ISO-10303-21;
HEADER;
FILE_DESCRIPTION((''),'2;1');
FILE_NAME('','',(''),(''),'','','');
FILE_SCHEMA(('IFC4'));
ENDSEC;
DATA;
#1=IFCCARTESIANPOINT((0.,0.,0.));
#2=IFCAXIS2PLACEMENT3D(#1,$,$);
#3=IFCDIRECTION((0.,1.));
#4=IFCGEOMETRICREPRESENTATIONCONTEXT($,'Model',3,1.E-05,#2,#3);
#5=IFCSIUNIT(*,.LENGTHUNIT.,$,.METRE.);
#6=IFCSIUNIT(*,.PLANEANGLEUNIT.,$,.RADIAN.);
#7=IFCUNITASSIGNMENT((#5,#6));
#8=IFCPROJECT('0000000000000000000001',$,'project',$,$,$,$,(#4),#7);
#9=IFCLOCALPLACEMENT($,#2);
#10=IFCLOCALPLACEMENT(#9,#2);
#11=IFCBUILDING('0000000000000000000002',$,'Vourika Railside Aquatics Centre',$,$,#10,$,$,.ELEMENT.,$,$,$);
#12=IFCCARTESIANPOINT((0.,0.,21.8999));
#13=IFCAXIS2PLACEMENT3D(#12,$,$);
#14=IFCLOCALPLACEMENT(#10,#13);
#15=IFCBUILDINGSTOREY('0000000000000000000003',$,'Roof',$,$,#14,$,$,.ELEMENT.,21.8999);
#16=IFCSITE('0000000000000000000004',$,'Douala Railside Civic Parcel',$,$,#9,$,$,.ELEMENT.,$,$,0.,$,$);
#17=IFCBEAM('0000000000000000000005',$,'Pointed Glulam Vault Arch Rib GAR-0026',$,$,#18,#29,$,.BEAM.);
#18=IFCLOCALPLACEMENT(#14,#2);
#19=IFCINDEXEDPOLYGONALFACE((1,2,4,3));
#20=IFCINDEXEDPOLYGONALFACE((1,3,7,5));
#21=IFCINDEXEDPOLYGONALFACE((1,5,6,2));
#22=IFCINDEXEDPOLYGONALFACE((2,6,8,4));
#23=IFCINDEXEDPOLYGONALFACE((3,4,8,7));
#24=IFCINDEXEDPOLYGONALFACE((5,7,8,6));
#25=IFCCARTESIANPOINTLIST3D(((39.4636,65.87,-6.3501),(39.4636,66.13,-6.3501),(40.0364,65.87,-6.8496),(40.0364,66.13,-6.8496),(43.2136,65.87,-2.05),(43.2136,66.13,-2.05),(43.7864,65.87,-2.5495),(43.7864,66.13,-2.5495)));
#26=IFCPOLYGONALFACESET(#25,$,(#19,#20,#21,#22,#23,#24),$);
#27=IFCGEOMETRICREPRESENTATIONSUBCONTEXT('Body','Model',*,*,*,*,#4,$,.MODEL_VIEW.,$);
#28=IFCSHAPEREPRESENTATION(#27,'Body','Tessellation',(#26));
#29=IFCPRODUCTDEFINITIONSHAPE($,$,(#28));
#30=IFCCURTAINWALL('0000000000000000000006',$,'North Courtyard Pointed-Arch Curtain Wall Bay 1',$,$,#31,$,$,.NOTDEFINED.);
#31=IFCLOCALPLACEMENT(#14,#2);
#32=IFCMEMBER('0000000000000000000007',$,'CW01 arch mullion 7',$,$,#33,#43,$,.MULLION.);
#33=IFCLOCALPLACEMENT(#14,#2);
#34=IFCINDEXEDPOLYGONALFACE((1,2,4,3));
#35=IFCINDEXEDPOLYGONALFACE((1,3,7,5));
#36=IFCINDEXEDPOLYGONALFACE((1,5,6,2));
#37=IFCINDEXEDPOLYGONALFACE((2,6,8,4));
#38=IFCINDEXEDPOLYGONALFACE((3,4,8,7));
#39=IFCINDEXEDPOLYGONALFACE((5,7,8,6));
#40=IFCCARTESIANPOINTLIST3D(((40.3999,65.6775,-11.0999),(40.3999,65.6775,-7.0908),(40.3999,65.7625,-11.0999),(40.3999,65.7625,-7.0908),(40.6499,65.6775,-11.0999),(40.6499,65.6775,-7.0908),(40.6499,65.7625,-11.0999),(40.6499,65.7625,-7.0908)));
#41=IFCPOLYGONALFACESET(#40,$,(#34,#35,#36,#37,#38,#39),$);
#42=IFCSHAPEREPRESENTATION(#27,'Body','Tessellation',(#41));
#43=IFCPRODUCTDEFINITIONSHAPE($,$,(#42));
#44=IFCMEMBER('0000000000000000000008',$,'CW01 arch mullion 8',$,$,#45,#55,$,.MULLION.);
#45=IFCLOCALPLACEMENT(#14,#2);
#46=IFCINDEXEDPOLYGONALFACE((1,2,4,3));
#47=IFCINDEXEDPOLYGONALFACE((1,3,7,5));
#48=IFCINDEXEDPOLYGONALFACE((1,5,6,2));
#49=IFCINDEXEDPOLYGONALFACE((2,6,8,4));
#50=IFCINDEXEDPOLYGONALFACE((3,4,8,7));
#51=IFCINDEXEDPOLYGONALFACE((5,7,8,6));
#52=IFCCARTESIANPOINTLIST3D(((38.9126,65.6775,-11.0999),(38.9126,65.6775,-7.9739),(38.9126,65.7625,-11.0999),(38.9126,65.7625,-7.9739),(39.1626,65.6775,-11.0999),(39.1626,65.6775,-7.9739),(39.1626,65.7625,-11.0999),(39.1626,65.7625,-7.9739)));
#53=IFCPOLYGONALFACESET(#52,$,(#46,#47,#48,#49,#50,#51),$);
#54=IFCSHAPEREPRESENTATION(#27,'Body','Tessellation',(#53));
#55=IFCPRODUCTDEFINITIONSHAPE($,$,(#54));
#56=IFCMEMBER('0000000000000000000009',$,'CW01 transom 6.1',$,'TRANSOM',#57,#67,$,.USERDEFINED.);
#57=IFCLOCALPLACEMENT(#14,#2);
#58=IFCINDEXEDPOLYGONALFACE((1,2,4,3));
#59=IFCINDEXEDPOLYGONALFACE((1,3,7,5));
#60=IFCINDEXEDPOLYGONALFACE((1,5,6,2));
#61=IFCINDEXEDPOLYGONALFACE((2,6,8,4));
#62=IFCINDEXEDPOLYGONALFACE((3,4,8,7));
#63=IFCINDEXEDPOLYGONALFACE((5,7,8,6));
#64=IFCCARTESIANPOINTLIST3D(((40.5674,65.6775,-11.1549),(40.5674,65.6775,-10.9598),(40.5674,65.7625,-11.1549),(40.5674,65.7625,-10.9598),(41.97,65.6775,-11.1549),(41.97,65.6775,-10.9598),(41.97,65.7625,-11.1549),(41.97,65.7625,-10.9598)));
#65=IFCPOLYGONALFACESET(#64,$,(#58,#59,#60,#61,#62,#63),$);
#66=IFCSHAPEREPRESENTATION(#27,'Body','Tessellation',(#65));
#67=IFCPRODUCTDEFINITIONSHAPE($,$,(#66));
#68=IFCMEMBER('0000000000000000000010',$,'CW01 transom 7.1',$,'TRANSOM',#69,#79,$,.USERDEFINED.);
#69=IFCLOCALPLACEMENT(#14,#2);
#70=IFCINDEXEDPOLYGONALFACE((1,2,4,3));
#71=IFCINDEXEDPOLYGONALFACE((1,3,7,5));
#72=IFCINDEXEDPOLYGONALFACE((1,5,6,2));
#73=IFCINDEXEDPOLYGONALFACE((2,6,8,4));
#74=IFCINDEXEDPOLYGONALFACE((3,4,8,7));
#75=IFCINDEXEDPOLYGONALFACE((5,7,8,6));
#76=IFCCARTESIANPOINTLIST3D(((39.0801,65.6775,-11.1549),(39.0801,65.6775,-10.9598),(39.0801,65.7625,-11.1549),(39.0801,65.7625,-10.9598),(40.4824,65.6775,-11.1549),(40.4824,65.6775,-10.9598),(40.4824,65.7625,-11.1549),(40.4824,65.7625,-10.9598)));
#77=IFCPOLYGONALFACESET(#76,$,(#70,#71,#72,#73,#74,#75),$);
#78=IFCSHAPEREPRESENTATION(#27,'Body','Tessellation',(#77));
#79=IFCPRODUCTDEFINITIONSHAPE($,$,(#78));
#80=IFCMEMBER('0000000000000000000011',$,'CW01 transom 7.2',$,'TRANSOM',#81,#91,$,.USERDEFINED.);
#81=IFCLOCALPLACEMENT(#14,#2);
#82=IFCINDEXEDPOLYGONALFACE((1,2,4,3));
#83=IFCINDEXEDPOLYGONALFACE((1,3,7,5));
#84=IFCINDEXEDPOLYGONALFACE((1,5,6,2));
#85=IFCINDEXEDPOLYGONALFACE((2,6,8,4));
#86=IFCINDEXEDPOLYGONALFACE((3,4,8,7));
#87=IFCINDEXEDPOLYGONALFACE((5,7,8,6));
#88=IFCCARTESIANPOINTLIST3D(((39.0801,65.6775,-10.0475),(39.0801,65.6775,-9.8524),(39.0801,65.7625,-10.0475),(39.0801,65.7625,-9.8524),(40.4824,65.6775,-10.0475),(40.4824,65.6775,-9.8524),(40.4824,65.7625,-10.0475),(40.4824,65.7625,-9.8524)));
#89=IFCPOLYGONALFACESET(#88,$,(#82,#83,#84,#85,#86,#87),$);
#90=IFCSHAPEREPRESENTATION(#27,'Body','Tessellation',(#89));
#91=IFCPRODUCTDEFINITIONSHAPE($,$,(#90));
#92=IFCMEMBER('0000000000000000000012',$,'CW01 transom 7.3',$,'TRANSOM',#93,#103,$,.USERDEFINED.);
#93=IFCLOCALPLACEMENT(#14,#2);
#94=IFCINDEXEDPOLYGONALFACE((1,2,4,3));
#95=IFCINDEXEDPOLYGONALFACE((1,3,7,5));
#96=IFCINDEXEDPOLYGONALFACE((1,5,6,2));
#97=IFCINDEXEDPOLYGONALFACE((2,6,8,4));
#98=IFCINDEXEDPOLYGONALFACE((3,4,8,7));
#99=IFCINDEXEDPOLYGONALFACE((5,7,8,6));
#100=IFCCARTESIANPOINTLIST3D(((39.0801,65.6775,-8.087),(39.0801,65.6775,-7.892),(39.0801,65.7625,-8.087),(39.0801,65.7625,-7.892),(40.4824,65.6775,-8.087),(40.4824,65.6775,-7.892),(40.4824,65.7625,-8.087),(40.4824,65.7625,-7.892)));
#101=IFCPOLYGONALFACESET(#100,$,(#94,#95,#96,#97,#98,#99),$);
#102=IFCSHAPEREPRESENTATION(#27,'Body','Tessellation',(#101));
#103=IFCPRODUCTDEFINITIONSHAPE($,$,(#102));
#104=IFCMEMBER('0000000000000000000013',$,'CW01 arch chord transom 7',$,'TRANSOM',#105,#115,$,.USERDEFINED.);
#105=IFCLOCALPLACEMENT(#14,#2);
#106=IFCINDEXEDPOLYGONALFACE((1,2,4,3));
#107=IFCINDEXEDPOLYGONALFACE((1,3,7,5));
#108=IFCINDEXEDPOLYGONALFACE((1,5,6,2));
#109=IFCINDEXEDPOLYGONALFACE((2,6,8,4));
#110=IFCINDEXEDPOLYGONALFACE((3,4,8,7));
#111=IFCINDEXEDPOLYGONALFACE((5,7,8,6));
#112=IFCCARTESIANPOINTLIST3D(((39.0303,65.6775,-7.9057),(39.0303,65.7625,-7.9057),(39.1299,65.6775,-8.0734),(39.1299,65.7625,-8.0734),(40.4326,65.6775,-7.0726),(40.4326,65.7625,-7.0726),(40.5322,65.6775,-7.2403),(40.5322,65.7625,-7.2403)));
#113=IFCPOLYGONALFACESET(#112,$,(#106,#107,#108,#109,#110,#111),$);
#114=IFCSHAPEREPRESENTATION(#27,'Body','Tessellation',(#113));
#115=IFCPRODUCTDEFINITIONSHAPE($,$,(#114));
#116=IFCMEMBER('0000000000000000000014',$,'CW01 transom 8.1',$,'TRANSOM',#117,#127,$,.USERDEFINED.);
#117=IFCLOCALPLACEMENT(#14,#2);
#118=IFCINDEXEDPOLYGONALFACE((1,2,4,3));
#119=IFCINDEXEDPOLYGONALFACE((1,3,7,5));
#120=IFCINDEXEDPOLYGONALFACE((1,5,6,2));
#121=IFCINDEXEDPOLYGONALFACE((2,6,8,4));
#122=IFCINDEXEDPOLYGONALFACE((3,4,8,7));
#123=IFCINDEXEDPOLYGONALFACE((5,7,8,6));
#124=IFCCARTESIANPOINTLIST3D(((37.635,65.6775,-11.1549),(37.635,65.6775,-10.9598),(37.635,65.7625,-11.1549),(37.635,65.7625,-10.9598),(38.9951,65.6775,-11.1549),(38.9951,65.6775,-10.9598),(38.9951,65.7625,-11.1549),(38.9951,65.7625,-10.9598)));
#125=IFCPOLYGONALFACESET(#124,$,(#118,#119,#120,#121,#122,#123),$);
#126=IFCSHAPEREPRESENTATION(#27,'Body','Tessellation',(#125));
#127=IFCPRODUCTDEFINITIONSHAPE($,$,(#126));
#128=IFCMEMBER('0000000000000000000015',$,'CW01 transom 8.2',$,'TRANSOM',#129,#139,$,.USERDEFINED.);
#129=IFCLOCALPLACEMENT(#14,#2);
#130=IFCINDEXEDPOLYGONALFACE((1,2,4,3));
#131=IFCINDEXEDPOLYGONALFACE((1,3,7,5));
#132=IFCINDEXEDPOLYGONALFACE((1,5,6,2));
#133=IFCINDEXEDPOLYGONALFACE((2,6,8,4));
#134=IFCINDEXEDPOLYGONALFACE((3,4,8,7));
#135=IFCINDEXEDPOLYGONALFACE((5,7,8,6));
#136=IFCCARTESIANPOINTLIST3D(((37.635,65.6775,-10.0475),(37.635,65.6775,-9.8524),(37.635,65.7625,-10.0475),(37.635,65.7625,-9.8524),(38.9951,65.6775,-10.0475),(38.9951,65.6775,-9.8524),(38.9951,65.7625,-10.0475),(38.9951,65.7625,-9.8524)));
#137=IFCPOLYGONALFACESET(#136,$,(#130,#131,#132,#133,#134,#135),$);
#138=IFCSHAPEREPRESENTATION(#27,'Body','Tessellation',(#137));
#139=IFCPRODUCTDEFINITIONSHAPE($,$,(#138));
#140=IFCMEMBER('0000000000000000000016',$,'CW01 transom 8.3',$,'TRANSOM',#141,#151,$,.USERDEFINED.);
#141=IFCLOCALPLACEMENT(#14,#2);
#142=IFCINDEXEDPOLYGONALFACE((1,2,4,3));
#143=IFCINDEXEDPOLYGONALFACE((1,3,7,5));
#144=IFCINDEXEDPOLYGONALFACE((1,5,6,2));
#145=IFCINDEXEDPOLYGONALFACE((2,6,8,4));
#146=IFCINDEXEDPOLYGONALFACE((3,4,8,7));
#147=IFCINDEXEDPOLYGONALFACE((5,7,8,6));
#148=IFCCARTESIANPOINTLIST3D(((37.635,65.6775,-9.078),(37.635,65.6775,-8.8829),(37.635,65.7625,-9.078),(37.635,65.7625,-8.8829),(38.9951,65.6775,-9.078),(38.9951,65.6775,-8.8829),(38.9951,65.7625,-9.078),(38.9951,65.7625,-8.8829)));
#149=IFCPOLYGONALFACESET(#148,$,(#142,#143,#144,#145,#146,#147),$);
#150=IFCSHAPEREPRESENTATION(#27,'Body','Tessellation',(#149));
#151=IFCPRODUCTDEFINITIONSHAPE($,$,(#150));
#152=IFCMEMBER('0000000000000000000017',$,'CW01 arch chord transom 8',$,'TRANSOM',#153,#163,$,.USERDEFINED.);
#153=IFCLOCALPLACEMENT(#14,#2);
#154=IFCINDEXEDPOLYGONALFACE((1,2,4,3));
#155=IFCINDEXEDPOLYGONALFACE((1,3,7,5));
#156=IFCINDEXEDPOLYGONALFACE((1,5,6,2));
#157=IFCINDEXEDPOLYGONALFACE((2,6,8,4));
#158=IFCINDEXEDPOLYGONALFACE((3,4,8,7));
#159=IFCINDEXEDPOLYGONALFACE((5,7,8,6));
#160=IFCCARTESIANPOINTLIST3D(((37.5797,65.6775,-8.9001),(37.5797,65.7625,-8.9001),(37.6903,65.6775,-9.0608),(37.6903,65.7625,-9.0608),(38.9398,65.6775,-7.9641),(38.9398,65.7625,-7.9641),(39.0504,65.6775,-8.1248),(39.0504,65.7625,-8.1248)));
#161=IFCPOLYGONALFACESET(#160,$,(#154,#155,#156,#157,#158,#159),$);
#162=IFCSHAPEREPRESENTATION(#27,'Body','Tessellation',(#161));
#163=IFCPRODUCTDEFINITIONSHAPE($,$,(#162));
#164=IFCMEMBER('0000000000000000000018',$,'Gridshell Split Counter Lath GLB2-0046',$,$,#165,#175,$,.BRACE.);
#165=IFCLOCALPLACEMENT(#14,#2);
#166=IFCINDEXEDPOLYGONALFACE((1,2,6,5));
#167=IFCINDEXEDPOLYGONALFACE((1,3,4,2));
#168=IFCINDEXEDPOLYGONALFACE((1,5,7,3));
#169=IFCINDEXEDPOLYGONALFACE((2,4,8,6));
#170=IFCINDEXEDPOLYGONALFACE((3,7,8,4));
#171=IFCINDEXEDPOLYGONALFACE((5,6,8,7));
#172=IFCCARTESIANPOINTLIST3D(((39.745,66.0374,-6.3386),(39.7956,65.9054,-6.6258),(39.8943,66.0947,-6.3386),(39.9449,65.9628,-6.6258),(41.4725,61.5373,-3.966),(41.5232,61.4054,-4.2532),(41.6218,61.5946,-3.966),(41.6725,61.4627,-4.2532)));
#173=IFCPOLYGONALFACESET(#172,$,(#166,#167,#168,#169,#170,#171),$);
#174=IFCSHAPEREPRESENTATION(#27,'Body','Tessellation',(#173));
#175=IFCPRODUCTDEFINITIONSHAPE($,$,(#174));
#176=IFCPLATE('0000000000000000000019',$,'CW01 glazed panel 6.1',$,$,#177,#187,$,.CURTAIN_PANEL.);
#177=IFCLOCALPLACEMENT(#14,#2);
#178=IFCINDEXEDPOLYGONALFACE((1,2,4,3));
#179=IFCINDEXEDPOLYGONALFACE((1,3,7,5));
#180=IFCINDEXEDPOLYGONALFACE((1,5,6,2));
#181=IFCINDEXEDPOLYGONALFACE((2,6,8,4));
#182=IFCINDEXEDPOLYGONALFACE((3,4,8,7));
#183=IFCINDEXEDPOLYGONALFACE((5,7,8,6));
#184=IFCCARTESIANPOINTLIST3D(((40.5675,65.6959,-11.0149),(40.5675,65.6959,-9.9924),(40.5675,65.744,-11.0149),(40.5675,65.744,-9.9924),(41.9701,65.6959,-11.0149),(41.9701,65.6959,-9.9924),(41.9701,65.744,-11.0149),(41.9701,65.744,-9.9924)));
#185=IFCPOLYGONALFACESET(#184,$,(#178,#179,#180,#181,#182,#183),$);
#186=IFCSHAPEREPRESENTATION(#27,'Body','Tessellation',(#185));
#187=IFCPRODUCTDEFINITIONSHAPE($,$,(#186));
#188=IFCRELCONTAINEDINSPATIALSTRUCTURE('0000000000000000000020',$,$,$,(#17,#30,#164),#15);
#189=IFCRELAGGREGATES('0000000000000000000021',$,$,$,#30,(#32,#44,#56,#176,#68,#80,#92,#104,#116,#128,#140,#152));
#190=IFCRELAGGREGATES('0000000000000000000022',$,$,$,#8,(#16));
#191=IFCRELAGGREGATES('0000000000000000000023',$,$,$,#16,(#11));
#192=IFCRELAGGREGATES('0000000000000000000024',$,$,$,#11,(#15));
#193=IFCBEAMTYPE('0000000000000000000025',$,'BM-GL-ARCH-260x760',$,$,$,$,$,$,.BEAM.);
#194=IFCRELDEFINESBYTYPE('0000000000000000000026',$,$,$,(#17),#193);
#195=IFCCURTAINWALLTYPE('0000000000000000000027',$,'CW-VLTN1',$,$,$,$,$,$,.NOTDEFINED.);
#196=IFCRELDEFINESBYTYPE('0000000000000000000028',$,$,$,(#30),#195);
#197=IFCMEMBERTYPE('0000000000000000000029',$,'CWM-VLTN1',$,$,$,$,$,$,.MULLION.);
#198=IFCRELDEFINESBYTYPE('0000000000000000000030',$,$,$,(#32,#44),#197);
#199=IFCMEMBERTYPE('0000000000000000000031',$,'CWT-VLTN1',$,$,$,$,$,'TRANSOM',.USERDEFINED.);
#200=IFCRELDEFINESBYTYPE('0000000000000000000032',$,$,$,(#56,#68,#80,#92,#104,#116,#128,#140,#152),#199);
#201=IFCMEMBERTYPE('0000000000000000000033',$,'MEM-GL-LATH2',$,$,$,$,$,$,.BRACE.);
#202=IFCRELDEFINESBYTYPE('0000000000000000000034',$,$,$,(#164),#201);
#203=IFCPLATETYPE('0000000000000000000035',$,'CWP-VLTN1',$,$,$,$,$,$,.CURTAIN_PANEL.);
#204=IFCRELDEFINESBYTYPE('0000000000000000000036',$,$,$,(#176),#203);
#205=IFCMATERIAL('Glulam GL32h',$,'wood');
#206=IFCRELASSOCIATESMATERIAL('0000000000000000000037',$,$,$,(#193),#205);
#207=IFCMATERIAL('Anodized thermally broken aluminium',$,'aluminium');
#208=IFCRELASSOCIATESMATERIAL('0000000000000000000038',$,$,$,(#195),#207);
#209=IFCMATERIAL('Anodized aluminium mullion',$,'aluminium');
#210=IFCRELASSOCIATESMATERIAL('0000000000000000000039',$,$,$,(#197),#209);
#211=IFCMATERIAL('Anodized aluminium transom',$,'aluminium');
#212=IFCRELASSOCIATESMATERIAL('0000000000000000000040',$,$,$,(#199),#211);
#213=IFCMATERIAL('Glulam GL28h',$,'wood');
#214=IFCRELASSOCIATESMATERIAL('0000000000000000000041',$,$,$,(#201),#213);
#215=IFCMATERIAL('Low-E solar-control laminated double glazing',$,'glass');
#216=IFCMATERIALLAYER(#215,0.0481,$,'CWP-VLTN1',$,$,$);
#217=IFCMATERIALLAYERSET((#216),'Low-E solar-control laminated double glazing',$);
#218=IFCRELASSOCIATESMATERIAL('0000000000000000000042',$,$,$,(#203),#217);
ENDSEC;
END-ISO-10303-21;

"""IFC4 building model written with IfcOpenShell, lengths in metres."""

from ifc_helpers import new_model, si_unit, direction, frame, origin, origin_2d, place, context, subcontext, project, spatial, rectangle, extrude, material, layer, layer_set, material_profile, profile_set, type_object, element, aggregate, save


model = new_model("IFC4")

# Units and contexts
model_context = context("Model", 3, precision=1e-05, world=origin(), true_north=direction((0.0, 1.0)))
body_context = subcontext(model_context, "Body", "Model", "MODEL_VIEW")
ifc_project = project(units=[si_unit("LENGTHUNIT", "METRE"), si_unit("PLANEANGLEUNIT", "RADIAN")], contexts=[model_context])

# Site, building, storey
site_placement = place(None, origin())
site = spatial("IfcSite", under=ifc_project, at=site_placement, Name="Douala Railside Civic Parcel", CompositionType="ELEMENT", RefElevation=0.0)
building_placement = place(site_placement, origin())
building = spatial("IfcBuilding", under=site, at=building_placement, Name="Vourika Railside Aquatics Centre", CompositionType="ELEMENT")
storey_placement = place(building_placement, frame((0.0, 0.0, 21.8999)))
storey = spatial("IfcBuildingStorey", under=building, at=storey_placement, Name="Roof", CompositionType="ELEMENT", Elevation=21.8999)

# Beam
ifc_material_1 = material(Name="Glulam GL32h", Category="wood")
ifc_material_profile_1 = material_profile(ifc_material_1, rectangle(XDim=0.26, YDim=0.76, at=origin_2d()), Name="GL32h 260x760")
ifc_profile_set_1 = profile_set([ifc_material_profile_1], Name="Glulam GL32h")
beam_type = type_object("IfcBeamType", Name="BM-GL-ARCH-260x760", PredefinedType="BEAM", material=ifc_profile_set_1)
beam_placement = place(storey_placement, frame((39.75, 66.0, -6.5999), z_axis=(0.657259, 0.0, 0.753665), x_axis=(0.0, 1.0, 0.0)))
element("IfcBeam", 1, at=beam_placement, inside=storey, type_object=beam_type, Name="Pointed Glulam Vault Arch Rib GAR-0026", PredefinedType="BEAM", context=body_context, shape_type="SweptSolid", body=[
    extrude(rectangle(XDim=0.26, YDim=0.76, at=origin_2d()), origin(), (0.0, 0.0, 1.0), 5.7056),
])

# Curtain wall, members
ifc_material_2 = material(Name="Anodized thermally broken aluminium", Category="aluminium")
curtain_wall_type = type_object("IfcCurtainWallType", Name="CW-VLTN1", PredefinedType="NOTDEFINED", material=ifc_material_2)
curtain_wall_placement = place(storey_placement, origin())
curtain_wall = element("IfcCurtainWall", 2, at=curtain_wall_placement, inside=storey, type_object=curtain_wall_type, Name="North Courtyard Pointed-Arch Curtain Wall Bay 1", PredefinedType="NOTDEFINED")
ifc_material_3 = material(Name="Anodized aluminium mullion", Category="aluminium")
ifc_material_profile_2 = material_profile(ifc_material_3, rectangle(XDim=0.085, YDim=0.25, at=origin_2d()), Name="ALU-M 85x250")
ifc_profile_set_2 = profile_set([ifc_material_profile_2], Name="Anodized aluminium mullion")
member_type_1 = type_object("IfcMemberType", Name="CWM-VLTN1", PredefinedType="MULLION", material=ifc_profile_set_2)
member_1_placement = place(storey_placement, frame((40.5249, 65.72, -11.0999), z_axis=(0.0, 0.0, 1.0), x_axis=(0.0, -1.0, 0.0)))
member_1 = element("IfcMember", 3, at=member_1_placement, type_object=member_type_1, Name="CW01 arch mullion 7", PredefinedType="MULLION", context=body_context, shape_type="SweptSolid", body=[
    extrude(rectangle(XDim=0.085, YDim=0.25, at=origin_2d()), origin(), (0.0, 0.0, 1.0), 4.009),
])
member_2_placement = place(storey_placement, frame((39.0376, 65.72, -11.0999), z_axis=(0.0, 0.0, 1.0), x_axis=(0.0, -1.0, 0.0)))
member_2 = element("IfcMember", 4, at=member_2_placement, type_object=member_type_1, Name="CW01 arch mullion 8", PredefinedType="MULLION", context=body_context, shape_type="SweptSolid", body=[
    extrude(rectangle(XDim=0.085, YDim=0.25, at=origin_2d()), origin(), (0.0, 0.0, 1.0), 3.126),
])
ifc_material_4 = material(Name="Anodized aluminium transom", Category="aluminium")
ifc_material_profile_3 = material_profile(ifc_material_4, rectangle(XDim=0.085, YDim=0.1951, at=origin_2d()), Name="ALU-T 85x195")
ifc_profile_set_3 = profile_set([ifc_material_profile_3], Name="Anodized aluminium transom")
member_type_2 = type_object("IfcMemberType", Name="CWT-VLTN1", ElementType="TRANSOM", PredefinedType="USERDEFINED", material=ifc_profile_set_3)
member_3_placement = place(storey_placement, frame((41.97, 65.72, -11.0574), z_axis=(-1.0, 0.0, 0.0), x_axis=(0.0, -1.0, 0.0)))
member_3 = element("IfcMember", 5, at=member_3_placement, type_object=member_type_2, Name="CW01 transom 6.1", ObjectType="TRANSOM", PredefinedType="USERDEFINED", context=body_context, shape_type="SweptSolid", body=[
    extrude(rectangle(XDim=0.085, YDim=0.1951, at=origin_2d()), origin(), (0.0, 0.0, 1.0), 1.4026),
])
member_4_placement = place(storey_placement, frame((40.4824, 65.72, -11.0574), z_axis=(-1.0, 0.0, 0.0), x_axis=(0.0, -1.0, 0.0)))
member_4 = element("IfcMember", 6, at=member_4_placement, type_object=member_type_2, Name="CW01 transom 7.1", ObjectType="TRANSOM", PredefinedType="USERDEFINED", context=body_context, shape_type="SweptSolid", body=[
    extrude(rectangle(XDim=0.085, YDim=0.1951, at=origin_2d()), origin(), (0.0, 0.0, 1.0), 1.4023),
])
member_5_placement = place(storey_placement, frame((40.4824, 65.72, -9.95), z_axis=(-1.0, 0.0, 0.0), x_axis=(0.0, -1.0, 0.0)))
member_5 = element("IfcMember", 7, at=member_5_placement, type_object=member_type_2, Name="CW01 transom 7.2", ObjectType="TRANSOM", PredefinedType="USERDEFINED", context=body_context, shape_type="SweptSolid", body=[
    extrude(rectangle(XDim=0.085, YDim=0.1951, at=origin_2d()), origin(), (0.0, 0.0, 1.0), 1.4023),
])
member_6_placement = place(storey_placement, frame((40.4824, 65.72, -7.9895), z_axis=(-1.0, 0.0, 0.0), x_axis=(0.0, -1.0, 0.0)))
member_6 = element("IfcMember", 8, at=member_6_placement, type_object=member_type_2, Name="CW01 transom 7.3", ObjectType="TRANSOM", PredefinedType="USERDEFINED", context=body_context, shape_type="SweptSolid", body=[
    extrude(rectangle(XDim=0.085, YDim=0.1951, at=origin_2d()), origin(), (0.0, 0.0, 1.0), 1.4023),
])
member_7_placement = place(storey_placement, frame((40.4824, 65.72, -7.1565), z_axis=(-0.859756, 0.0, -0.510705), x_axis=(0.0, -1.0, 0.0)))
member_7 = element("IfcMember", 9, at=member_7_placement, type_object=member_type_2, Name="CW01 arch chord transom 7", ObjectType="TRANSOM", PredefinedType="USERDEFINED", context=body_context, shape_type="SweptSolid", body=[
    extrude(rectangle(XDim=0.085, YDim=0.1951, at=origin_2d()), origin(), (0.0, 0.0, 1.0), 1.6311),
])
member_8_placement = place(storey_placement, frame((38.9951, 65.72, -11.0574), z_axis=(-1.0, 0.0, 0.0), x_axis=(0.0, -1.0, 0.0)))
member_8 = element("IfcMember", 10, at=member_8_placement, type_object=member_type_2, Name="CW01 transom 8.1", ObjectType="TRANSOM", PredefinedType="USERDEFINED", context=body_context, shape_type="SweptSolid", body=[
    extrude(rectangle(XDim=0.085, YDim=0.1951, at=origin_2d()), origin(), (0.0, 0.0, 1.0), 1.3601),
])
member_9_placement = place(storey_placement, frame((38.9951, 65.72, -9.95), z_axis=(-1.0, 0.0, 0.0), x_axis=(0.0, -1.0, 0.0)))
member_9 = element("IfcMember", 11, at=member_9_placement, type_object=member_type_2, Name="CW01 transom 8.2", ObjectType="TRANSOM", PredefinedType="USERDEFINED", context=body_context, shape_type="SweptSolid", body=[
    extrude(rectangle(XDim=0.085, YDim=0.1951, at=origin_2d()), origin(), (0.0, 0.0, 1.0), 1.3601),
])
member_10_placement = place(storey_placement, frame((38.9951, 65.72, -8.9805), z_axis=(-1.0, 0.0, 0.0), x_axis=(0.0, -1.0, 0.0)))
member_10 = element("IfcMember", 12, at=member_10_placement, type_object=member_type_2, Name="CW01 transom 8.3", ObjectType="TRANSOM", PredefinedType="USERDEFINED", context=body_context, shape_type="SweptSolid", body=[
    extrude(rectangle(XDim=0.085, YDim=0.1951, at=origin_2d()), origin(), (0.0, 0.0, 1.0), 1.3601),
])
member_11_placement = place(storey_placement, frame((38.9951, 65.72, -8.0444), z_axis=(-0.82377, 0.0, -0.566924), x_axis=(0.0, -1.0, 0.0)))
member_11 = element("IfcMember", 13, at=member_11_placement, type_object=member_type_2, Name="CW01 arch chord transom 8", ObjectType="TRANSOM", PredefinedType="USERDEFINED", context=body_context, shape_type="SweptSolid", body=[
    extrude(rectangle(XDim=0.085, YDim=0.1951, at=origin_2d()), origin(), (0.0, 0.0, 1.0), 1.6511),
])

# Member
ifc_material_5 = material(Name="Glulam GL28h", Category="wood")
ifc_material_profile_4 = material_profile(ifc_material_5, rectangle(XDim=0.1599, YDim=0.3201, at=origin_2d()), Name="GL28h 160x320")
ifc_profile_set_4 = profile_set([ifc_material_profile_4], Name="Glulam GL28h")
member_type_3 = type_object("IfcMemberType", Name="MEM-GL-LATH2", PredefinedType="BRACE", material=ifc_profile_set_4)
member_12_placement = place(storey_placement, frame((41.5725, 61.5, -4.1096), z_axis=(-0.321554, 0.837604, -0.441614), x_axis=(-0.93357, -0.358395, 0.0)))
element("IfcMember", 14, at=member_12_placement, inside=storey, type_object=member_type_3, Name="Gridshell Split Counter Lath GLB2-0046", PredefinedType="BRACE", context=body_context, shape_type="SweptSolid", body=[
    extrude(rectangle(XDim=0.1599, YDim=0.3201, at=origin_2d()), origin(), (0.0, 0.0, 1.0), 5.3726),
])

# Plate
ifc_material_6 = material(Name="Low-E solar-control laminated double glazing", Category="glass")
ifc_layer_1 = layer(ifc_material_6, 0.0481, Name="CWP-VLTN1")
ifc_layer_set_1 = layer_set([ifc_layer_1], Name="Low-E solar-control laminated double glazing")
plate_type_1 = type_object("IfcPlateType", Name="CWP-VLTN1", PredefinedType="CURTAIN_PANEL", material=ifc_layer_set_1)
plate_1_placement = place(storey_placement, frame((41.2688, 65.72, -11.0149), z_axis=(0.0, 0.0, 1.0), x_axis=(-1.0, 0.0, 0.0)))
plate_1 = element("IfcPlate", 15, at=plate_1_placement, type_object=plate_type_1, Name="CW01 glazed panel 6.1", PredefinedType="CURTAIN_PANEL", context=body_context, shape_type="SweptSolid", body=[
    extrude(rectangle(XDim=1.4026, YDim=0.0481, at=origin_2d()), origin(), (0.0, 0.0, 1.0), 1.0225),
])
aggregate(curtain_wall, [member_1, member_2, member_3, plate_1, member_4, member_5, member_6, member_7, member_8, member_9, member_10, member_11])

save(model, "model.ifc")
